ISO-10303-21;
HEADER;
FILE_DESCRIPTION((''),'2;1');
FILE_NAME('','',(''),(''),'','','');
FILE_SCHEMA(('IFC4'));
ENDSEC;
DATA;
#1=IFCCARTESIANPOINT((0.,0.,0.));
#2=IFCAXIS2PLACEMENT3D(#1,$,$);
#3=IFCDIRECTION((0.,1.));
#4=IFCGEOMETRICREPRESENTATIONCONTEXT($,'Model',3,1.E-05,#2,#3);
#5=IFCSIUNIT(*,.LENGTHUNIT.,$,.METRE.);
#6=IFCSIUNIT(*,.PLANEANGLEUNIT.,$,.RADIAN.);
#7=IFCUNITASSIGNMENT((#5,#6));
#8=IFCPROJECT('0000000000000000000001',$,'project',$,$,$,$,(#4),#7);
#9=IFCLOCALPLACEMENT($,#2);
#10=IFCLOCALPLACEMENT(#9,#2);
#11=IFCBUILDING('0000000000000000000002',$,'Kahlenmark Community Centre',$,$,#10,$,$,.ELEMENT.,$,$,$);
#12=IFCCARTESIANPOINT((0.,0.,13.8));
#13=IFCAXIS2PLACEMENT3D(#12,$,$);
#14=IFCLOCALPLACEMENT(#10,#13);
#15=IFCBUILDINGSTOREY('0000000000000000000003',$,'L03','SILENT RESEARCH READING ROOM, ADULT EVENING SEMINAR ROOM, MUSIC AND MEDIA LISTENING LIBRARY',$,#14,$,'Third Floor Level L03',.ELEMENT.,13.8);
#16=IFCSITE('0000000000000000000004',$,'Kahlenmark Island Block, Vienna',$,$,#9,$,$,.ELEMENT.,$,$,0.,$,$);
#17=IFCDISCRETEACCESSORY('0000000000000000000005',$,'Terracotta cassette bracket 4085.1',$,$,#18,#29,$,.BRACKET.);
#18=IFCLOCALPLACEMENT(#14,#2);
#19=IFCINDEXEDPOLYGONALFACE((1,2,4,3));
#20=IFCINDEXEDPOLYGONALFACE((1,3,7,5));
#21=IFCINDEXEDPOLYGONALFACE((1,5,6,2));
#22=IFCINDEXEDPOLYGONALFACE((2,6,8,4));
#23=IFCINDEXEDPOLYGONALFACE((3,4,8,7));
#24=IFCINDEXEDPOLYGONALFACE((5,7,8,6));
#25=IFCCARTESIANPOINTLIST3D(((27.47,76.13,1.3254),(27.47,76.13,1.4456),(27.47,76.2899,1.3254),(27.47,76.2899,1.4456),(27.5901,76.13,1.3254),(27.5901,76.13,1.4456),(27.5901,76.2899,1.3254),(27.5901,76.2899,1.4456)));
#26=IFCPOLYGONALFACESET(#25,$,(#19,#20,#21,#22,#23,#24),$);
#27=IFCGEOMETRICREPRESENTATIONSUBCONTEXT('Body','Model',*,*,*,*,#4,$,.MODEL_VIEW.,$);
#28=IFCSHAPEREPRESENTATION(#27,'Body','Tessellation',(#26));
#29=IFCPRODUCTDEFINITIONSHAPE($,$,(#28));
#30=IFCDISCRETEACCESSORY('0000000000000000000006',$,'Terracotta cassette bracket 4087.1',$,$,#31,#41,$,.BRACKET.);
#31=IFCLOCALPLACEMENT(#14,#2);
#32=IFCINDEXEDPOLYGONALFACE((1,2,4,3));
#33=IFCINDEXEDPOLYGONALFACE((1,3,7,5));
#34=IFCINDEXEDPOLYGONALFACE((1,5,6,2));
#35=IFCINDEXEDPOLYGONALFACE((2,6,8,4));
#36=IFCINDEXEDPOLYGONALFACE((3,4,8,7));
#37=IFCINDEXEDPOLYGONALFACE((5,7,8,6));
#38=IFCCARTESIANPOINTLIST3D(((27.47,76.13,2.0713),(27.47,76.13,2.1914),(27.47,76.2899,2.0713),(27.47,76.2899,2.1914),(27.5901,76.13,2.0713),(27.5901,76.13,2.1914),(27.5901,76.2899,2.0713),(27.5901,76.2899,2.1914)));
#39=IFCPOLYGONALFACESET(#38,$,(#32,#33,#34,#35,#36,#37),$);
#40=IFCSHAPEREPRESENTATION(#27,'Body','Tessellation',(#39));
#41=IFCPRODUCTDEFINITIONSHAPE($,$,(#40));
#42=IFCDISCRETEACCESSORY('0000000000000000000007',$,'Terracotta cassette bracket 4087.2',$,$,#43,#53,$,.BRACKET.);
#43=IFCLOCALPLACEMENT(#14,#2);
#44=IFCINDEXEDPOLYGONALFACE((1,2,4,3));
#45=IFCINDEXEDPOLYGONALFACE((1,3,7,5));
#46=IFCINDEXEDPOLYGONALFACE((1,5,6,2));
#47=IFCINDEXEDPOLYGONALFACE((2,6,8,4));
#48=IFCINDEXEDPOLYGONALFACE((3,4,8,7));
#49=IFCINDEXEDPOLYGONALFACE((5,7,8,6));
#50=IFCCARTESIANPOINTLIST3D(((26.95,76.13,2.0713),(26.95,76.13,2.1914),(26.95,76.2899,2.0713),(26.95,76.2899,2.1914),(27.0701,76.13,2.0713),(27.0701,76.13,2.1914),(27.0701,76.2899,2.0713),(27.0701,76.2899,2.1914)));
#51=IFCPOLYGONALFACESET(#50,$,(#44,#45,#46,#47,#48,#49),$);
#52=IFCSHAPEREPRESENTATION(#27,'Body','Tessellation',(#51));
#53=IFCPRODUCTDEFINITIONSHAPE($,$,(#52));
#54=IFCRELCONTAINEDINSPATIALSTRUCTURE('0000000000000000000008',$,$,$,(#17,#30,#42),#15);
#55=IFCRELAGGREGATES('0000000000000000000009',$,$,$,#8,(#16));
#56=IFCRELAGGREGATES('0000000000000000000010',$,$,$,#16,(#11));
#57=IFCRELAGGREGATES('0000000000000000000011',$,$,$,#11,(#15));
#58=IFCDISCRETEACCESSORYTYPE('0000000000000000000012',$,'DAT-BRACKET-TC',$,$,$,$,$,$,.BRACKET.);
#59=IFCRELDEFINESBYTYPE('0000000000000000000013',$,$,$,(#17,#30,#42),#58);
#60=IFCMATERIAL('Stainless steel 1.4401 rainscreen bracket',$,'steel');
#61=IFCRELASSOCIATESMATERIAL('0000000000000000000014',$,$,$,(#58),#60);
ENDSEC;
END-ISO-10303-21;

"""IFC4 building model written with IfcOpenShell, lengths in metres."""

from ifc_helpers import new_model, si_unit, direction, frame, origin, origin_2d, place, context, subcontext, project, spatial, rectangle, extrude, material, type_object, element, save


model = new_model("IFC4")

# Units and contexts
model_context = context("Model", 3, precision=1e-05, world=origin(), true_north=direction((0.0, 1.0)))
body_context = subcontext(model_context, "Body", "Model", "MODEL_VIEW")
ifc_project = project(units=[si_unit("LENGTHUNIT", "METRE"), si_unit("PLANEANGLEUNIT", "RADIAN")], contexts=[model_context])

# Site, building, storey
site_placement = place(None, origin())
site = spatial("IfcSite", under=ifc_project, at=site_placement, Name="Kahlenmark Island Block, Vienna", CompositionType="ELEMENT", RefElevation=0.0)
building_placement = place(site_placement, origin())
building = spatial("IfcBuilding", under=site, at=building_placement, Name="Kahlenmark Community Centre", CompositionType="ELEMENT")
storey_placement = place(building_placement, frame((0.0, 0.0, 13.8)))
storey = spatial("IfcBuildingStorey", under=building, at=storey_placement, Name="L03", Description="SILENT RESEARCH READING ROOM, ADULT EVENING SEMINAR ROOM, MUSIC AND MEDIA LISTENING LIBRARY", LongName="Third Floor Level L03", CompositionType="ELEMENT", Elevation=13.8)

# Discrete accessories
ifc_material_1 = material(Name="Stainless steel 1.4401 rainscreen bracket", Category="steel")
discrete_accessory_type = type_object("IfcDiscreteAccessoryType", Name="DAT-BRACKET-TC", PredefinedType="BRACKET", material=ifc_material_1)
for number, where, z_axis, x_axis, name in (
    (1, (27.53, 76.21, 1.3254), (0.0, 0.0, 1.0), (-1.0, 0.0, 0.0), "Terracotta cassette bracket 4085.1"),
    (2, (27.53, 76.21, 2.0713), (0.0, 0.0, 1.0), (-1.0, 0.0, 0.0), "Terracotta cassette bracket 4087.1"),
    (3, (27.01, 76.21, 2.0713), (0.0, 0.0, 1.0), (-1.0, 0.0, 0.0), "Terracotta cassette bracket 4087.2"),
):
    element("IfcDiscreteAccessory", number, at=place(storey_placement, frame(where, z_axis=z_axis, x_axis=x_axis)), inside=storey, type_object=discrete_accessory_type, Name=name, PredefinedType="BRACKET", context=body_context, shape_type="SweptSolid", body=[
        extrude(rectangle(XDim=0.1201, YDim=0.1599, at=origin_2d()), origin(), (0.0, 0.0, 1.0), 0.1201),
    ])

save(model, "model.ifc")
